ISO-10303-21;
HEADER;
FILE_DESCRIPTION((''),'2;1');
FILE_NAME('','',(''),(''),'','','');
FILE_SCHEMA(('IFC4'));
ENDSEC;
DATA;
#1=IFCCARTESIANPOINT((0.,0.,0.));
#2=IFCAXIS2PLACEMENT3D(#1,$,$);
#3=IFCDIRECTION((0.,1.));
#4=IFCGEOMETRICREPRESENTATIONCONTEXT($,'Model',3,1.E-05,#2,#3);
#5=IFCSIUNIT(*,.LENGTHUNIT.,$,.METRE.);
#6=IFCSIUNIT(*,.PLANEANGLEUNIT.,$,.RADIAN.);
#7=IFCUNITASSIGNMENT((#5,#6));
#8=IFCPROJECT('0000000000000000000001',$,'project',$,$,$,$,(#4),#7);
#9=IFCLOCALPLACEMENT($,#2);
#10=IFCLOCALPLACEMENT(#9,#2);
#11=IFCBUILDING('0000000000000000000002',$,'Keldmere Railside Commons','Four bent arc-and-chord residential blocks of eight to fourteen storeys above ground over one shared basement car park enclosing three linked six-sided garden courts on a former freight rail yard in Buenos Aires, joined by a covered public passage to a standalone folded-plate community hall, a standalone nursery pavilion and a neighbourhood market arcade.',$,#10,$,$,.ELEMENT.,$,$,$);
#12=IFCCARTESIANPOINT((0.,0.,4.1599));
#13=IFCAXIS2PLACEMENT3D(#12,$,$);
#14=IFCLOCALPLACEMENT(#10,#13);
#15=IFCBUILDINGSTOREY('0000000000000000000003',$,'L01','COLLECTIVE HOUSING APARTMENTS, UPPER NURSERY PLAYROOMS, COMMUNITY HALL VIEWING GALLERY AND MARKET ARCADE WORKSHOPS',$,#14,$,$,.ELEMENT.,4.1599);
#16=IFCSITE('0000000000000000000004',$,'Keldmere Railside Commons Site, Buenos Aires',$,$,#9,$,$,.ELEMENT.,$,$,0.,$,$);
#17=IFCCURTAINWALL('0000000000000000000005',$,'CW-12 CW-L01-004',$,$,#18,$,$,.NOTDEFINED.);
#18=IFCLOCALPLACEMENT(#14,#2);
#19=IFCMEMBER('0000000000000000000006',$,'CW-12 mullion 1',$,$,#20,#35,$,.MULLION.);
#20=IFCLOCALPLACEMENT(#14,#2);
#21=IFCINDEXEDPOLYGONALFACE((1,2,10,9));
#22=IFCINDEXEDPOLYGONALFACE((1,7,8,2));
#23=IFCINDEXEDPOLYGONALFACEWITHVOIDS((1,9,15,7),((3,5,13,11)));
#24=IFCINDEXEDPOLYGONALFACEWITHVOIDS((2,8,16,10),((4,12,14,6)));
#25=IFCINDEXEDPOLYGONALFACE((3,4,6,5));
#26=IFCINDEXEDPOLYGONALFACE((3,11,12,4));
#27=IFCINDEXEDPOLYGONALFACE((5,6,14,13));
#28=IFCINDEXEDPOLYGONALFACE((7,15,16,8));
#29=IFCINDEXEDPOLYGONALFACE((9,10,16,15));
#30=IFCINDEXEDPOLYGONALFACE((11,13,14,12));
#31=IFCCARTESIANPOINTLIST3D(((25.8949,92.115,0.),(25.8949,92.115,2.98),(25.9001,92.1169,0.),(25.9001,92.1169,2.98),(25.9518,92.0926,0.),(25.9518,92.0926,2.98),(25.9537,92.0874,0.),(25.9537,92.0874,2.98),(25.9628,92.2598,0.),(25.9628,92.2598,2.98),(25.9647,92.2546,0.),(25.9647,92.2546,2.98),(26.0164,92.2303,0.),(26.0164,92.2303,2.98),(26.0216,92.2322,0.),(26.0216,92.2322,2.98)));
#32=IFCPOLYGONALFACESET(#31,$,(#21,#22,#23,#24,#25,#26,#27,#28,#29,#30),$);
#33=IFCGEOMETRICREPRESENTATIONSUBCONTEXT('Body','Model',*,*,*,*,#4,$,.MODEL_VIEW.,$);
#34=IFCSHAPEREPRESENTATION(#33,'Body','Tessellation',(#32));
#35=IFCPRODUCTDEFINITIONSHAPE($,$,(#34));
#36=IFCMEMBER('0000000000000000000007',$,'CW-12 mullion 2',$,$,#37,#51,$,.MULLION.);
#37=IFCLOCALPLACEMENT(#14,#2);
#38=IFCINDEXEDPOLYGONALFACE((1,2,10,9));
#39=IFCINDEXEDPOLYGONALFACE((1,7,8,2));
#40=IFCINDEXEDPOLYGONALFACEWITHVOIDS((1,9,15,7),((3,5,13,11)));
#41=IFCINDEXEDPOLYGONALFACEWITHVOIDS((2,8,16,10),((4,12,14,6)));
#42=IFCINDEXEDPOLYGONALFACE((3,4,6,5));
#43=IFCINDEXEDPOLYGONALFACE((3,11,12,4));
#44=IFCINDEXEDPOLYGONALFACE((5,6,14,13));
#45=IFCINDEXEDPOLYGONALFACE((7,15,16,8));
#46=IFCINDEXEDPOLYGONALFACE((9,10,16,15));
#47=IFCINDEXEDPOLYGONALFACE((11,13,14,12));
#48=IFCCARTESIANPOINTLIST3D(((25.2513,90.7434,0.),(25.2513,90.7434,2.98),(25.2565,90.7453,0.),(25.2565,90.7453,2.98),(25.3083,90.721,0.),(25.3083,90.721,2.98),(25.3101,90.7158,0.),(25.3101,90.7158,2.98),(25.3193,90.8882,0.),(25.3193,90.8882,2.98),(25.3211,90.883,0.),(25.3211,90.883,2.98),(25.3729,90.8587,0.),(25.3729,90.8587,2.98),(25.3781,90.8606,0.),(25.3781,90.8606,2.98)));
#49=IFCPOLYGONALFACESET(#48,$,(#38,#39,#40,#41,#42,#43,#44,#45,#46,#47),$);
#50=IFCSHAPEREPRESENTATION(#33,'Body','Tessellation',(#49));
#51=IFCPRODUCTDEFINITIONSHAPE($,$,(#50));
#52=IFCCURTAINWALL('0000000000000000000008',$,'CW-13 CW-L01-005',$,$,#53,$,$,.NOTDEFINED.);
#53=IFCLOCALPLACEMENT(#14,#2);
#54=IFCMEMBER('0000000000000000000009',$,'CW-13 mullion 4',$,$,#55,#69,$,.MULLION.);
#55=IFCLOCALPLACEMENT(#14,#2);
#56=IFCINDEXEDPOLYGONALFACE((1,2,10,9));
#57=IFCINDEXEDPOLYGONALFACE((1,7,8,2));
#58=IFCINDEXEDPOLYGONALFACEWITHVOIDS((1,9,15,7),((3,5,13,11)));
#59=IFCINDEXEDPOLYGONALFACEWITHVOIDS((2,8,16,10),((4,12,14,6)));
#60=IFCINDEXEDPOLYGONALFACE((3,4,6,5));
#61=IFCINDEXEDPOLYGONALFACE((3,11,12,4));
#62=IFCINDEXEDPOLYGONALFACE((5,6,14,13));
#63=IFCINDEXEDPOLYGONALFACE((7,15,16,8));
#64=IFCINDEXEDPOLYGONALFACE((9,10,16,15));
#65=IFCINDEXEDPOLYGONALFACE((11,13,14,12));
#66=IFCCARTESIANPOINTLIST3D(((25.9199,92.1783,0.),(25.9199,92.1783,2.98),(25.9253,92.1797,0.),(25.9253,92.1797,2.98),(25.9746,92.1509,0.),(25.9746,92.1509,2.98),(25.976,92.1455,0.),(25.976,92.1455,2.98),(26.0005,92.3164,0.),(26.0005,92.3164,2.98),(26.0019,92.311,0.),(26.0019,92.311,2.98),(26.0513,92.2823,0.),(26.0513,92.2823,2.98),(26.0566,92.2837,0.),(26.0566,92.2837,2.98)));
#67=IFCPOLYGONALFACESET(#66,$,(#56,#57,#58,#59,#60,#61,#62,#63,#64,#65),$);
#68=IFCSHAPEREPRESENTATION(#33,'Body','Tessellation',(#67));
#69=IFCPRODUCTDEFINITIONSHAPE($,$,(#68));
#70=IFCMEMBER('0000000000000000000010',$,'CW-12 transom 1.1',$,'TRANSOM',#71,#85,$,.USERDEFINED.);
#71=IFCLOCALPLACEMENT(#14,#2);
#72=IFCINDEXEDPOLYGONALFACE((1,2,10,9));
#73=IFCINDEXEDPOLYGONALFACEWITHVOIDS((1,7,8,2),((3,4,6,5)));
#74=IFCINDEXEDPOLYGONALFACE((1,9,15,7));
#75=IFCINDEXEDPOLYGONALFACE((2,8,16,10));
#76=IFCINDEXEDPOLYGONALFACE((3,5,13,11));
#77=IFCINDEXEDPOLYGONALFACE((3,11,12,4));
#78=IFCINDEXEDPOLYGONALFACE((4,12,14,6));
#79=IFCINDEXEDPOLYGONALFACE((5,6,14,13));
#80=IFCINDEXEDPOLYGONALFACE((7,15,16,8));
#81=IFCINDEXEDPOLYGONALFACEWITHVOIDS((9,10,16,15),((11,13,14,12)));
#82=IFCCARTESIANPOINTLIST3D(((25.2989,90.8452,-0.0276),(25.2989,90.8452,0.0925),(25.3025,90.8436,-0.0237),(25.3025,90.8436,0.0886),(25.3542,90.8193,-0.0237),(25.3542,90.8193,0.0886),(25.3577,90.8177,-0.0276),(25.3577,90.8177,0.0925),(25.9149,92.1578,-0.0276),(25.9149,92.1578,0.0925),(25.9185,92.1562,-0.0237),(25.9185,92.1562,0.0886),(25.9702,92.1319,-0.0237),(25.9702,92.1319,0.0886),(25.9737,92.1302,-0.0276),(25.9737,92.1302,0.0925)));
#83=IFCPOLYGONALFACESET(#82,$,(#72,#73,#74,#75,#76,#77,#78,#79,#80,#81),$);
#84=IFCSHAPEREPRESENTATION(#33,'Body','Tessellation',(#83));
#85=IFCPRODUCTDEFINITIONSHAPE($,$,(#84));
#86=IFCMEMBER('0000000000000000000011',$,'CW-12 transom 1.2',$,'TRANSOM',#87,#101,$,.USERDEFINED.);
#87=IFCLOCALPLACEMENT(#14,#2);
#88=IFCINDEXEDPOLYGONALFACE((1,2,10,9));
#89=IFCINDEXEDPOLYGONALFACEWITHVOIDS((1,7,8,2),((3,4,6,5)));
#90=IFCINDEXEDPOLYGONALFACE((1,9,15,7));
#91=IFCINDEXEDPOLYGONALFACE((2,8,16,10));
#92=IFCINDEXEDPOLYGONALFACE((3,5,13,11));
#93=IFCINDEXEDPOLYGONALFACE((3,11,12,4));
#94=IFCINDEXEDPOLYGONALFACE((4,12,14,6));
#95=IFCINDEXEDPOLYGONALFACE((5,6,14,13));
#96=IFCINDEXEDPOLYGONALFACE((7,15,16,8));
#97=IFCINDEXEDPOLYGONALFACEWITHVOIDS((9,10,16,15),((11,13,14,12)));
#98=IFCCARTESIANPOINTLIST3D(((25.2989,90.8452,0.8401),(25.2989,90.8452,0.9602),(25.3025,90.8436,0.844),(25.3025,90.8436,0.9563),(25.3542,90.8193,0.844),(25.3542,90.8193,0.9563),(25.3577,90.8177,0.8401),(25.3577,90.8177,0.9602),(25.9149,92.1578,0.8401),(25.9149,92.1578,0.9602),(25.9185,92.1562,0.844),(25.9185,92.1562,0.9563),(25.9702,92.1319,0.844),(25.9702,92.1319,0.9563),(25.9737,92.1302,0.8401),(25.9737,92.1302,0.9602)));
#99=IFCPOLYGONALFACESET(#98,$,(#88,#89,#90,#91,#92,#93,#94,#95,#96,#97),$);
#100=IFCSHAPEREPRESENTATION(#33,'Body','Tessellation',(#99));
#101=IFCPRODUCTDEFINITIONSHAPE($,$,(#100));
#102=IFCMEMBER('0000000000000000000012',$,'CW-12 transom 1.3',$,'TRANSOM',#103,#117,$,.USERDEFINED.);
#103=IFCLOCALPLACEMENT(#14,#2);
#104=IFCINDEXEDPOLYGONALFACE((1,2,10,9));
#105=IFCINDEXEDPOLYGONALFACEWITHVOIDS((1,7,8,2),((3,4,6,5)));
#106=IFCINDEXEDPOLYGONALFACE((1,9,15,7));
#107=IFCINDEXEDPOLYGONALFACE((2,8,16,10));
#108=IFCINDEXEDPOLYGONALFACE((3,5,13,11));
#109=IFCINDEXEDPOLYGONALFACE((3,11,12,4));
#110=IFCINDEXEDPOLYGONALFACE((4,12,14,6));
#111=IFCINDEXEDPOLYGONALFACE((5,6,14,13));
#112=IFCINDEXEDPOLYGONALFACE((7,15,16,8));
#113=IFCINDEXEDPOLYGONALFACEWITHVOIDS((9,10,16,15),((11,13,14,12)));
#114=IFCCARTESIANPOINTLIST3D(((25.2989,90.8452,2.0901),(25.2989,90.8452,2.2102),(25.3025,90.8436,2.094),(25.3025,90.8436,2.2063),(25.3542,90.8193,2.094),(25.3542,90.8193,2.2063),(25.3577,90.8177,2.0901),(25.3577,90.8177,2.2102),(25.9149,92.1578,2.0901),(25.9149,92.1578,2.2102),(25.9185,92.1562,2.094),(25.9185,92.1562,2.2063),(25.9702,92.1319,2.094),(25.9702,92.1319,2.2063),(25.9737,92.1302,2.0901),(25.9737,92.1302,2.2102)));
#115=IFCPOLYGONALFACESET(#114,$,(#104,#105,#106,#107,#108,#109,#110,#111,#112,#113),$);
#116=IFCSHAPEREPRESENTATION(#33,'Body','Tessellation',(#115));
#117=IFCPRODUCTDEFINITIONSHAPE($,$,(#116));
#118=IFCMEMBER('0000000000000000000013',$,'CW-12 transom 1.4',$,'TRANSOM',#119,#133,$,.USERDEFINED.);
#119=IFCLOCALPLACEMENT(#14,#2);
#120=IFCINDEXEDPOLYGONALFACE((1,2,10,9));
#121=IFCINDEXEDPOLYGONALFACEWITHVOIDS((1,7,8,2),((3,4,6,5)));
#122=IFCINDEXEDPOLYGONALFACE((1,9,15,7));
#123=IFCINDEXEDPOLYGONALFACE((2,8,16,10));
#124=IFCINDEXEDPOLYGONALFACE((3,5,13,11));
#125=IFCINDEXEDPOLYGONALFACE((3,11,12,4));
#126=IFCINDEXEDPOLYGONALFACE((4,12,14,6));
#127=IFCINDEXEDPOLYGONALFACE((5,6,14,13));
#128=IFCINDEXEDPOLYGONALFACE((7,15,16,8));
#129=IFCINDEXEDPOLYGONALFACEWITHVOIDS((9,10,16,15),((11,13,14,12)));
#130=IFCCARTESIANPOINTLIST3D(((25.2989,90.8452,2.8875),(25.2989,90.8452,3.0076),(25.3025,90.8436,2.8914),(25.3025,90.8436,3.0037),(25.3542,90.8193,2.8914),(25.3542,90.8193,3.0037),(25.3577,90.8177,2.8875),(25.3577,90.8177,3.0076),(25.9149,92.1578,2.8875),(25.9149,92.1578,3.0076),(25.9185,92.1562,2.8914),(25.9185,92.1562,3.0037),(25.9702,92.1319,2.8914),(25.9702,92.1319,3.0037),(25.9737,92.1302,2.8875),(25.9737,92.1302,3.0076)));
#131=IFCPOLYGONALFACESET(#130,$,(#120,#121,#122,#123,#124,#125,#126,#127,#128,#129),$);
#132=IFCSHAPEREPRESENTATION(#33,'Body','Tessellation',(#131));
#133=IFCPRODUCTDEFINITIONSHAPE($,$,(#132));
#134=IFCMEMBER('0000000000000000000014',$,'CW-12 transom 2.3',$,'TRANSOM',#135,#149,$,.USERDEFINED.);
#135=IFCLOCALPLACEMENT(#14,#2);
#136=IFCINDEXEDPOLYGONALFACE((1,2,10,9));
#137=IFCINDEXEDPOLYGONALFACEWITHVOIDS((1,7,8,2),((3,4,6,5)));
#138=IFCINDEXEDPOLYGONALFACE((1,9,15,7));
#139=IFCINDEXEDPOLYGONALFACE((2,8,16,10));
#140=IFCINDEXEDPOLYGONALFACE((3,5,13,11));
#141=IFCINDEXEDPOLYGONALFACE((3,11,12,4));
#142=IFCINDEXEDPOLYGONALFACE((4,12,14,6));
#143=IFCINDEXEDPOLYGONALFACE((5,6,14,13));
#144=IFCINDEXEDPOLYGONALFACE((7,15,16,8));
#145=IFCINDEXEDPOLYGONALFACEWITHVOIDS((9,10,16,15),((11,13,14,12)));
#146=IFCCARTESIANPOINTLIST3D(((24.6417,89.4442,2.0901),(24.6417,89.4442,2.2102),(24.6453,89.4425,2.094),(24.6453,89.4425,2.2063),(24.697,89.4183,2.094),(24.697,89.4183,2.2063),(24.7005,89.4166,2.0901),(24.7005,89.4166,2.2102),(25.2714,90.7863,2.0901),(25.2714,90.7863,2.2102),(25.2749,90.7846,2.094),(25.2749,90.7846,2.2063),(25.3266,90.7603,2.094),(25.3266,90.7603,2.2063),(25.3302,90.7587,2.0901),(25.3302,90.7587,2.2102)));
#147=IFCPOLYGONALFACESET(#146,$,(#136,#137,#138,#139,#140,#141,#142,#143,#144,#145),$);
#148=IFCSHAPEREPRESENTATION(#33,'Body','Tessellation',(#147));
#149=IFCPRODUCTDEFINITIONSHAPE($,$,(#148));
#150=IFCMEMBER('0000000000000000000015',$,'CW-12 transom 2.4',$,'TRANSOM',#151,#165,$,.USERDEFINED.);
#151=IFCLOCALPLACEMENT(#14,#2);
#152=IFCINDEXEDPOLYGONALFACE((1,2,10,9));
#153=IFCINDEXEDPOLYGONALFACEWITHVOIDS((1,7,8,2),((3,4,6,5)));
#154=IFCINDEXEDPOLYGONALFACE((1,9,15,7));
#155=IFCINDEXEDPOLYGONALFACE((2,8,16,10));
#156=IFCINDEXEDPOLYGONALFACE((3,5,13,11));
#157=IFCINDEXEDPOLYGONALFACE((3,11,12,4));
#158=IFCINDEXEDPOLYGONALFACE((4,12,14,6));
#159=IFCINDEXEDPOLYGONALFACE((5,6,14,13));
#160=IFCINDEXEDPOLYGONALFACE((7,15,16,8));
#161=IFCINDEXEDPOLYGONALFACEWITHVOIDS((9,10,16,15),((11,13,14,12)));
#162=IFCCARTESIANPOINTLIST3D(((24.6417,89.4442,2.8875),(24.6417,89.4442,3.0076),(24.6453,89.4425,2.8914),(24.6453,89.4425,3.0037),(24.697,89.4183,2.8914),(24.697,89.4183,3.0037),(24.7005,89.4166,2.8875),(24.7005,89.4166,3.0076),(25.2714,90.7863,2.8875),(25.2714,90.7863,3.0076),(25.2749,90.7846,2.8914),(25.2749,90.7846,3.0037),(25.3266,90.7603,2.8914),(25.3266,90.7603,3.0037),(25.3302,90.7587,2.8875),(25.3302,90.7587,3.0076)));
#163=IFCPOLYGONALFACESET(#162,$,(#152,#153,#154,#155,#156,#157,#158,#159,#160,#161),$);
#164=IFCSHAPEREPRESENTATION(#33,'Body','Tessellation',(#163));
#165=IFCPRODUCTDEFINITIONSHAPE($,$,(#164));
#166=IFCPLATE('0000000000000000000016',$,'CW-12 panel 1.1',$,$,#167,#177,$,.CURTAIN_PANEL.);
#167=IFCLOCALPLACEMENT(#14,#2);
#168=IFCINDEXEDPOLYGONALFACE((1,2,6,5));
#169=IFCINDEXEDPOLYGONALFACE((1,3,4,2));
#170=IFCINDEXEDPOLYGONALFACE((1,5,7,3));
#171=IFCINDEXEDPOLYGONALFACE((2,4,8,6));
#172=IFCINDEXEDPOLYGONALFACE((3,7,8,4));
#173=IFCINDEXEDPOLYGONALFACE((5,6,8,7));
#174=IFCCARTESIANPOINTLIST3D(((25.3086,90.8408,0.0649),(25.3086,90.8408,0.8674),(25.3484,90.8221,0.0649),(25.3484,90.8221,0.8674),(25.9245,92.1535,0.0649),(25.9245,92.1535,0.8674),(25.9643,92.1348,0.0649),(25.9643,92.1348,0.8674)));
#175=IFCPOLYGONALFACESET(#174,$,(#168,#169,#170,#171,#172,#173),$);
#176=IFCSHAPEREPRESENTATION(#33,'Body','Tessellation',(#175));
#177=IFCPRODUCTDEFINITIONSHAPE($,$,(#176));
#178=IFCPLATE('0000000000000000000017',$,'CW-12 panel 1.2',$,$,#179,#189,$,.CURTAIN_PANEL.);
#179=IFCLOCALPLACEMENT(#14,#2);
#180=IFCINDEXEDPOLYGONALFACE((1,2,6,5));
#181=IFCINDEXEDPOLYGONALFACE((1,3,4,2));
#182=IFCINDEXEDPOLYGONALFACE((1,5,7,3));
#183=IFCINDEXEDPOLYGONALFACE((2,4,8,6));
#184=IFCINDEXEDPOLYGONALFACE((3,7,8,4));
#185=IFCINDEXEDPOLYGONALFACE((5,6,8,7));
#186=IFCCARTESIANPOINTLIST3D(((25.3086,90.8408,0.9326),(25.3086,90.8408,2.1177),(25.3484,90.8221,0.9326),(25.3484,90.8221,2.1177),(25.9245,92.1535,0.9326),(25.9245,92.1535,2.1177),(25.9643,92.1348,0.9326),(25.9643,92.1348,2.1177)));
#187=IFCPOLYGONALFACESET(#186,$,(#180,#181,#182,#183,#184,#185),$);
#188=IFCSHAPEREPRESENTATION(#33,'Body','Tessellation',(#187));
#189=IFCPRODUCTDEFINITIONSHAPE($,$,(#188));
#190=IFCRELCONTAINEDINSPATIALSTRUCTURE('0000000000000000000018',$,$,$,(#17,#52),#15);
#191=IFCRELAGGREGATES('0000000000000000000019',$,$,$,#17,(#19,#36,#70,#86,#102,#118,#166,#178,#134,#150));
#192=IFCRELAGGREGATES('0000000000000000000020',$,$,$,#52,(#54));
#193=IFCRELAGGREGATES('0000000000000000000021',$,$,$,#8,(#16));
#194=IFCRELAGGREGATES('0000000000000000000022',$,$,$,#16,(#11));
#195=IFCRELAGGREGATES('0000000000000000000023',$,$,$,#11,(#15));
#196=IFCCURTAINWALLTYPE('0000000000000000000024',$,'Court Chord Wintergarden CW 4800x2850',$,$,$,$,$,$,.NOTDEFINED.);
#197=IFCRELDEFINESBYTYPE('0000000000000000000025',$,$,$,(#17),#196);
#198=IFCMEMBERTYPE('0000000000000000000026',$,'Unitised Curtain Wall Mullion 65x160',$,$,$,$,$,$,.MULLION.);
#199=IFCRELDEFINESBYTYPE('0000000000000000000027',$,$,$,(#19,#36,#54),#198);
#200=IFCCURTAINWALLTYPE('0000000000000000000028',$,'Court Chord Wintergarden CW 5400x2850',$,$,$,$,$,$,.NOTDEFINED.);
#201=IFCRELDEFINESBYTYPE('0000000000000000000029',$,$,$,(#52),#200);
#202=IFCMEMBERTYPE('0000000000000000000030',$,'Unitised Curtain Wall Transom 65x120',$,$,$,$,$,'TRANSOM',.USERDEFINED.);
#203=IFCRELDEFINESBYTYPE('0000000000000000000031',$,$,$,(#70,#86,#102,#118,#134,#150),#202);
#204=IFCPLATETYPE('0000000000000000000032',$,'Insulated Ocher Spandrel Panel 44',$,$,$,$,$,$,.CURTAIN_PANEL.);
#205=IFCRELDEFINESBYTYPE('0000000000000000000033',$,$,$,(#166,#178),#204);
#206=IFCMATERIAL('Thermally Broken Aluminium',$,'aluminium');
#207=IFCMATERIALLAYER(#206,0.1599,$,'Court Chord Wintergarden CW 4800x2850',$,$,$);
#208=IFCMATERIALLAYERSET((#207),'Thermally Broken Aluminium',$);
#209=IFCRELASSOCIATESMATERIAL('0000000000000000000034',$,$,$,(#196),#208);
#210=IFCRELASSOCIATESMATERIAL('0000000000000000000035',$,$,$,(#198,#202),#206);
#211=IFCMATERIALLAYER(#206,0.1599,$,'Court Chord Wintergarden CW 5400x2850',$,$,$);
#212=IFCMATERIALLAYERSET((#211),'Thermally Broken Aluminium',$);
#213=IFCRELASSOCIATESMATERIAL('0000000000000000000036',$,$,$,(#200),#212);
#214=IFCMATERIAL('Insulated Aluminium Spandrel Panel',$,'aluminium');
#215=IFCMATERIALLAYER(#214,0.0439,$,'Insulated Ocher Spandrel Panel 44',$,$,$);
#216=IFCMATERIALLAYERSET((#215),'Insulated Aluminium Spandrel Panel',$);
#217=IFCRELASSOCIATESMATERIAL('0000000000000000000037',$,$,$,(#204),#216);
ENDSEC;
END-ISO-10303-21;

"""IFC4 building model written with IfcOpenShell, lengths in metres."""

from ifc_helpers import new_model, si_unit, direction, frame, origin, origin_2d, place, context, subcontext, project, spatial, rectangle, hollow_rectangle, extrude, material, layer, layer_set, material_profile, profile_set, type_object, element, aggregate, save


model = new_model("IFC4")

# Units and contexts
model_context = context("Model", 3, precision=1e-05, world=origin(), true_north=direction((0.0, 1.0)))
body_context = subcontext(model_context, "Body", "Model", "MODEL_VIEW")
ifc_project = project(units=[si_unit("LENGTHUNIT", "METRE"), si_unit("PLANEANGLEUNIT", "RADIAN")], contexts=[model_context])

# Site, building, storey
site_placement = place(None, origin())
site = spatial("IfcSite", under=ifc_project, at=site_placement, Name="Keldmere Railside Commons Site, Buenos Aires", CompositionType="ELEMENT", RefElevation=0.0)
building_placement = place(site_placement, origin())
building = spatial("IfcBuilding", under=site, at=building_placement, Name="Keldmere Railside Commons", Description="Four bent arc-and-chord residential blocks of eight to fourteen storeys above ground over one shared basement car park enclosing three linked six-sided garden courts on a former freight rail yard in Buenos Aires, joined by a covered public passage to a standalone folded-plate community hall, a standalone nursery pavilion and a neighbourhood market arcade.", CompositionType="ELEMENT")
storey_placement = place(building_placement, frame((0.0, 0.0, 4.1599)))
storey = spatial("IfcBuildingStorey", under=building, at=storey_placement, Name="L01", Description="COLLECTIVE HOUSING APARTMENTS, UPPER NURSERY PLAYROOMS, COMMUNITY HALL VIEWING GALLERY AND MARKET ARCADE WORKSHOPS", CompositionType="ELEMENT", Elevation=4.1599)

# Curtain wall, members
ifc_material_1 = material(Name="Thermally Broken Aluminium", Category="aluminium")
ifc_layer_1 = layer(ifc_material_1, 0.1599, Name="Court Chord Wintergarden CW 4800x2850")
ifc_layer_set_1 = layer_set([ifc_layer_1], Name="Thermally Broken Aluminium")
curtain_wall_type_1 = type_object("IfcCurtainWallType", Name="Court Chord Wintergarden CW 4800x2850", PredefinedType="NOTDEFINED", material=ifc_layer_set_1)
curtain_wall_1_placement = place(storey_placement, origin())
curtain_wall_1 = element("IfcCurtainWall", 1, at=curtain_wall_1_placement, inside=storey, type_object=curtain_wall_type_1, Name="CW-12 CW-L01-004", PredefinedType="NOTDEFINED")
ifc_material_profile_1 = material_profile(ifc_material_1, hollow_rectangle(XDim=0.0649, YDim=0.1599, WallThickness=0.0039, at=origin_2d()), Name="ALU-MULL-65x160")
ifc_profile_set_1 = profile_set([ifc_material_profile_1], Name="Thermally Broken Aluminium")
member_type_1 = type_object("IfcMemberType", Name="Unitised Curtain Wall Mullion 65x160", PredefinedType="MULLION", material=ifc_profile_set_1)
member_1_placement = place(storey_placement, frame((25.9583, 92.1736, 0.0), z_axis=(0.0, 0.0, 1.0), x_axis=(0.905306, -0.424759, 0.0)))
member_1 = element("IfcMember", 2, at=member_1_placement, type_object=member_type_1, Name="CW-12 mullion 1", PredefinedType="MULLION", context=body_context, shape_type="SweptSolid", body=[
    extrude(hollow_rectangle(XDim=0.0649, YDim=0.1599, WallThickness=0.0039, at=origin_2d()), origin(), (0.0, 0.0, 1.0), 2.98),
])
member_2_placement = place(storey_placement, frame((25.3147, 90.802, 0.0), z_axis=(0.0, 0.0, 1.0), x_axis=(0.905306, -0.424759, 0.0)))
member_2 = element("IfcMember", 3, at=member_2_placement, type_object=member_type_1, Name="CW-12 mullion 2", PredefinedType="MULLION", context=body_context, shape_type="SweptSolid", body=[
    extrude(hollow_rectangle(XDim=0.0649, YDim=0.1599, WallThickness=0.0039, at=origin_2d()), origin(), (0.0, 0.0, 1.0), 2.98),
])

# Curtain wall, member
ifc_layer_2 = layer(ifc_material_1, 0.1599, Name="Court Chord Wintergarden CW 5400x2850")
ifc_layer_set_2 = layer_set([ifc_layer_2], Name="Thermally Broken Aluminium")
curtain_wall_type_2 = type_object("IfcCurtainWallType", Name="Court Chord Wintergarden CW 5400x2850", PredefinedType="NOTDEFINED", material=ifc_layer_set_2)
curtain_wall_2_placement = place(storey_placement, origin())
curtain_wall_2 = element("IfcCurtainWall", 4, at=curtain_wall_2_placement, inside=storey, type_object=curtain_wall_type_2, Name="CW-13 CW-L01-005", PredefinedType="NOTDEFINED")
member_3_placement = place(storey_placement, frame((25.9883, 92.231, 0.0), z_axis=(0.0, 0.0, 1.0), x_axis=(0.863755, -0.503911, 0.0)))
member_3 = element("IfcMember", 5, at=member_3_placement, type_object=member_type_1, Name="CW-13 mullion 4", PredefinedType="MULLION", context=body_context, shape_type="SweptSolid", body=[
    extrude(hollow_rectangle(XDim=0.0649, YDim=0.1599, WallThickness=0.0039, at=origin_2d()), origin(), (0.0, 0.0, 1.0), 2.98),
])

# Members
ifc_material_profile_2 = material_profile(ifc_material_1, hollow_rectangle(XDim=0.0649, YDim=0.1201, WallThickness=0.0039, at=origin_2d()), Name="ALU-TRAN-65x120")
ifc_profile_set_2 = profile_set([ifc_material_profile_2], Name="Thermally Broken Aluminium")
member_type_2 = type_object("IfcMemberType", Name="Unitised Curtain Wall Transom 65x120", ElementType="TRANSOM", PredefinedType="USERDEFINED", material=ifc_profile_set_2)
member_4_placement = place(storey_placement, frame((25.9443, 92.144, 0.0325), z_axis=(-0.424848, -0.905265, 0.0), x_axis=(0.905265, -0.424848, 0.0)))
member_4 = element("IfcMember", 6, at=member_4_placement, type_object=member_type_2, Name="CW-12 transom 1.1", ObjectType="TRANSOM", PredefinedType="USERDEFINED", context=body_context, shape_type="SweptSolid", body=[
    extrude(hollow_rectangle(XDim=0.0649, YDim=0.1201, WallThickness=0.0039, at=origin_2d()), origin(), (0.0, 0.0, 1.0), 1.45),
])
member_5_placement = place(storey_placement, frame((25.9443, 92.144, 0.9001), z_axis=(-0.424848, -0.905265, 0.0), x_axis=(0.905265, -0.424848, 0.0)))
member_5 = element("IfcMember", 7, at=member_5_placement, type_object=member_type_2, Name="CW-12 transom 1.2", ObjectType="TRANSOM", PredefinedType="USERDEFINED", context=body_context, shape_type="SweptSolid", body=[
    extrude(hollow_rectangle(XDim=0.0649, YDim=0.1201, WallThickness=0.0039, at=origin_2d()), origin(), (0.0, 0.0, 1.0), 1.45),
])
member_6_placement = place(storey_placement, frame((25.9443, 92.144, 2.1501), z_axis=(-0.424848, -0.905265, 0.0), x_axis=(0.905265, -0.424848, 0.0)))
member_6 = element("IfcMember", 8, at=member_6_placement, type_object=member_type_2, Name="CW-12 transom 1.3", ObjectType="TRANSOM", PredefinedType="USERDEFINED", context=body_context, shape_type="SweptSolid", body=[
    extrude(hollow_rectangle(XDim=0.0649, YDim=0.1201, WallThickness=0.0039, at=origin_2d()), origin(), (0.0, 0.0, 1.0), 1.45),
])
member_7_placement = place(storey_placement, frame((25.9443, 92.144, 2.9475), z_axis=(-0.424848, -0.905265, 0.0), x_axis=(0.905265, -0.424848, 0.0)))
member_7 = element("IfcMember", 9, at=member_7_placement, type_object=member_type_2, Name="CW-12 transom 1.4", ObjectType="TRANSOM", PredefinedType="USERDEFINED", context=body_context, shape_type="SweptSolid", body=[
    extrude(hollow_rectangle(XDim=0.0649, YDim=0.1201, WallThickness=0.0039, at=origin_2d()), origin(), (0.0, 0.0, 1.0), 1.45),
])
member_8_placement = place(storey_placement, frame((25.3008, 90.7725, 2.1501), z_axis=(-0.424742, -0.905314, 0.0), x_axis=(0.905314, -0.424742, 0.0)))
member_8 = element("IfcMember", 10, at=member_8_placement, type_object=member_type_2, Name="CW-12 transom 2.3", ObjectType="TRANSOM", PredefinedType="USERDEFINED", context=body_context, shape_type="SweptSolid", body=[
    extrude(hollow_rectangle(XDim=0.0649, YDim=0.1201, WallThickness=0.0039, at=origin_2d()), origin(), (0.0, 0.0, 1.0), 1.4824),
])
member_9_placement = place(storey_placement, frame((25.3008, 90.7725, 2.9475), z_axis=(-0.424742, -0.905314, 0.0), x_axis=(0.905314, -0.424742, 0.0)))
member_9 = element("IfcMember", 11, at=member_9_placement, type_object=member_type_2, Name="CW-12 transom 2.4", ObjectType="TRANSOM", PredefinedType="USERDEFINED", context=body_context, shape_type="SweptSolid", body=[
    extrude(hollow_rectangle(XDim=0.0649, YDim=0.1201, WallThickness=0.0039, at=origin_2d()), origin(), (0.0, 0.0, 1.0), 1.4824),
])

# Plates
ifc_material_2 = material(Name="Insulated Aluminium Spandrel Panel", Category="aluminium")
ifc_layer_3 = layer(ifc_material_2, 0.0439, Name="Insulated Ocher Spandrel Panel 44")
ifc_layer_set_3 = layer_set([ifc_layer_3], Name="Insulated Aluminium Spandrel Panel")
plate_type_1 = type_object("IfcPlateType", Name="Insulated Ocher Spandrel Panel 44", PredefinedType="CURTAIN_PANEL", material=ifc_layer_set_3)
plate_1_placement = place(storey_placement, frame((25.6365, 91.4878, 0.0649), z_axis=(0.0, 0.0, 1.0), x_axis=(-0.424759, -0.905306, 0.0)))
plate_1 = element("IfcPlate", 12, at=plate_1_placement, type_object=plate_type_1, Name="CW-12 panel 1.1", PredefinedType="CURTAIN_PANEL", context=body_context, shape_type="SweptSolid", body=[
    extrude(rectangle(XDim=1.45, YDim=0.0439, at=origin_2d()), origin(), (0.0, 0.0, 1.0), 0.8025),
])
plate_2_placement = place(storey_placement, frame((25.6365, 91.4878, 0.9326), z_axis=(0.0, 0.0, 1.0), x_axis=(-0.424759, -0.905306, 0.0)))
plate_2 = element("IfcPlate", 13, at=plate_2_placement, type_object=plate_type_1, Name="CW-12 panel 1.2", PredefinedType="CURTAIN_PANEL", context=body_context, shape_type="SweptSolid", body=[
    extrude(rectangle(XDim=1.45, YDim=0.0439, at=origin_2d()), origin(), (0.0, 0.0, 1.0), 1.1851),
])
aggregate(curtain_wall_1, [member_1, member_2, member_4, member_5, member_6, member_7, plate_1, plate_2, member_8, member_9])
aggregate(curtain_wall_2, [member_3])

save(model, "model.ifc")
